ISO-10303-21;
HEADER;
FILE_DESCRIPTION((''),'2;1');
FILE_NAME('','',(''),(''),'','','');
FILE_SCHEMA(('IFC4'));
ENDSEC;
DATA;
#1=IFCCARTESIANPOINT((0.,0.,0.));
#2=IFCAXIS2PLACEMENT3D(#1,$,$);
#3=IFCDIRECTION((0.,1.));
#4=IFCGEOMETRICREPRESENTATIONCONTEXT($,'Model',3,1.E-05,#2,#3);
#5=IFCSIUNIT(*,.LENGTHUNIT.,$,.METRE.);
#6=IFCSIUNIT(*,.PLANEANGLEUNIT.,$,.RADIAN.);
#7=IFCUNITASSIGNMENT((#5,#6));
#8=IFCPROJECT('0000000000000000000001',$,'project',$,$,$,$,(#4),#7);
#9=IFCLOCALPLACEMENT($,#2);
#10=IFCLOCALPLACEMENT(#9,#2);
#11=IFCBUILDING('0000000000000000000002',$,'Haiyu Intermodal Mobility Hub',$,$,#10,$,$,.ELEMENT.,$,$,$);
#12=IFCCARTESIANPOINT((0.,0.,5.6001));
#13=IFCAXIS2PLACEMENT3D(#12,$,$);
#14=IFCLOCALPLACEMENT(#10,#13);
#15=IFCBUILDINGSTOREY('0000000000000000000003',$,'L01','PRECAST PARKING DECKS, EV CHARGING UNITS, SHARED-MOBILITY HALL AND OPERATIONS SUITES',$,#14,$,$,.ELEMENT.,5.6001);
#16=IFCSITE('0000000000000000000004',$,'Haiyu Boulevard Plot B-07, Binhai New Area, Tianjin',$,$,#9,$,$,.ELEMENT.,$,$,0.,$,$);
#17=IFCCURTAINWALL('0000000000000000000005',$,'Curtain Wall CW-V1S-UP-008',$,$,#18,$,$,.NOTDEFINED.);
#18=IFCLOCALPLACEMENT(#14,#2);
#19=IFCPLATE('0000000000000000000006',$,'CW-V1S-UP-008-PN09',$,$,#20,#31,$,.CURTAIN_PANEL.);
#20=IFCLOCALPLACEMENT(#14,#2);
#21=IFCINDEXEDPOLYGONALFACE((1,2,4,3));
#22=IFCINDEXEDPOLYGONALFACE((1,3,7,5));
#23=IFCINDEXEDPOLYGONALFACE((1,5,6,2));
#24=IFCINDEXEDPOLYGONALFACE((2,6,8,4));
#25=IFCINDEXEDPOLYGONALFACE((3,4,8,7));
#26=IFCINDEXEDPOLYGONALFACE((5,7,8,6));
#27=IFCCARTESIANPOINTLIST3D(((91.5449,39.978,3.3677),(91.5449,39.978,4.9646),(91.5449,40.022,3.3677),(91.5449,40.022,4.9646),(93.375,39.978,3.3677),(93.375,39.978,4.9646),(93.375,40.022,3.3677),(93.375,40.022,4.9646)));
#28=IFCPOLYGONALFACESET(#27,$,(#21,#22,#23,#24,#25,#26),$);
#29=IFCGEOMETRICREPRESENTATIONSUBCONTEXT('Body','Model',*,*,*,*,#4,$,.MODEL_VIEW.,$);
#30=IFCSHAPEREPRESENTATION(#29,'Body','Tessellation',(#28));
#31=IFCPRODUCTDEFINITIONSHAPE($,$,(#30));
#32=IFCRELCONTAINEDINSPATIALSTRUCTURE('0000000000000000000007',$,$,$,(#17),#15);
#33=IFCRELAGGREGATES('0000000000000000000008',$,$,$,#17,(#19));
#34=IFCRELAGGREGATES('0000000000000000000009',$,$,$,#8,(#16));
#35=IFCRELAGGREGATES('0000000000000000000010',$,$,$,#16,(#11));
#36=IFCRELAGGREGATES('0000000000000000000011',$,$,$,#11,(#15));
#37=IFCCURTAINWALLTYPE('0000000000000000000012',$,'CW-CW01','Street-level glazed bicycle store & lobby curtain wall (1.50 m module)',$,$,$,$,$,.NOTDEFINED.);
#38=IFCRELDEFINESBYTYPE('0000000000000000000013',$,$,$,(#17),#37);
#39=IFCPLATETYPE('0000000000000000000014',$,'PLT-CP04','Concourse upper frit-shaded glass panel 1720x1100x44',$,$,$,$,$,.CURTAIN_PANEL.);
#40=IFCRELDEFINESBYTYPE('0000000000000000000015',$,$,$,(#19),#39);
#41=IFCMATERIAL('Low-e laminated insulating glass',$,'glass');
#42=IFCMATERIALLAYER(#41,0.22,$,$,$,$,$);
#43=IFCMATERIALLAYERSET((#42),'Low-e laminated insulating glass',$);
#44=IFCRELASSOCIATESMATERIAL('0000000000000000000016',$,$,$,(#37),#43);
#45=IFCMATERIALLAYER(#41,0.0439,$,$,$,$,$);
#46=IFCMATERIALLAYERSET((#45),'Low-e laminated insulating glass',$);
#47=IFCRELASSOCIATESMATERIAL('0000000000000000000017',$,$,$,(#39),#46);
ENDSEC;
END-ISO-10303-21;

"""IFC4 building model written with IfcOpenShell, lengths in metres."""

from ifc_helpers import new_model, si_unit, direction, frame, origin, origin_2d, place, context, subcontext, project, spatial, rectangle, extrude, material, layer, layer_set, type_object, element, aggregate, save


model = new_model("IFC4")

# Units and contexts
model_context = context("Model", 3, precision=1e-05, world=origin(), true_north=direction((0.0, 1.0)))
body_context = subcontext(model_context, "Body", "Model", "MODEL_VIEW")
ifc_project = project(units=[si_unit("LENGTHUNIT", "METRE"), si_unit("PLANEANGLEUNIT", "RADIAN")], contexts=[model_context])

# Site, building, storey
site_placement = place(None, origin())
site = spatial("IfcSite", under=ifc_project, at=site_placement, Name="Haiyu Boulevard Plot B-07, Binhai New Area, Tianjin", CompositionType="ELEMENT", RefElevation=0.0)
building_placement = place(site_placement, origin())
building = spatial("IfcBuilding", under=site, at=building_placement, Name="Haiyu Intermodal Mobility Hub", CompositionType="ELEMENT")
storey_placement = place(building_placement, frame((0.0, 0.0, 5.6001)))
storey = spatial("IfcBuildingStorey", under=building, at=storey_placement, Name="L01", Description="PRECAST PARKING DECKS, EV CHARGING UNITS, SHARED-MOBILITY HALL AND OPERATIONS SUITES", CompositionType="ELEMENT", Elevation=5.6001)

# Shared definitions
ifc_material_1 = material(Name="Low-e laminated insulating glass", Category="glass")
ifc_layer_1 = layer(ifc_material_1, 0.22)
ifc_layer_set_1 = layer_set([ifc_layer_1], Name="Low-e laminated insulating glass")
curtain_wall_type = type_object("IfcCurtainWallType", Name="CW-CW01", Description="Street-level glazed bicycle store & lobby curtain wall (1.50 m module)", PredefinedType="NOTDEFINED", material=ifc_layer_set_1)

# Curtain wall, plate
curtain_wall_1_placement = place(storey_placement, origin())
curtain_wall_1 = element("IfcCurtainWall", 1, at=curtain_wall_1_placement, inside=storey, type_object=curtain_wall_type, Name="Curtain Wall CW-V1S-UP-008", PredefinedType="NOTDEFINED")
ifc_layer_2 = layer(ifc_material_1, 0.0439)
ifc_layer_set_2 = layer_set([ifc_layer_2], Name="Low-e laminated insulating glass")
plate_type_1 = type_object("IfcPlateType", Name="PLT-CP04", Description="Concourse upper frit-shaded glass panel 1720x1100x44", PredefinedType="CURTAIN_PANEL", material=ifc_layer_set_2)
plate_1_placement = place(storey_placement, frame((92.46, 40.0, 3.3677), z_axis=(0.0, 0.0, 1.0), x_axis=(1.0, 0.0, 0.0)))
plate_1 = element("IfcPlate", 2, at=plate_1_placement, type_object=plate_type_1, Name="CW-V1S-UP-008-PN09", PredefinedType="CURTAIN_PANEL", context=body_context, shape_type="SweptSolid", body=[
    extrude(rectangle(XDim=1.8301, YDim=0.0439, at=origin_2d()), origin(), (0.0, 0.0, 1.0), 1.5969),
])
aggregate(curtain_wall_1, [plate_1])

save(model, "model.ifc")
